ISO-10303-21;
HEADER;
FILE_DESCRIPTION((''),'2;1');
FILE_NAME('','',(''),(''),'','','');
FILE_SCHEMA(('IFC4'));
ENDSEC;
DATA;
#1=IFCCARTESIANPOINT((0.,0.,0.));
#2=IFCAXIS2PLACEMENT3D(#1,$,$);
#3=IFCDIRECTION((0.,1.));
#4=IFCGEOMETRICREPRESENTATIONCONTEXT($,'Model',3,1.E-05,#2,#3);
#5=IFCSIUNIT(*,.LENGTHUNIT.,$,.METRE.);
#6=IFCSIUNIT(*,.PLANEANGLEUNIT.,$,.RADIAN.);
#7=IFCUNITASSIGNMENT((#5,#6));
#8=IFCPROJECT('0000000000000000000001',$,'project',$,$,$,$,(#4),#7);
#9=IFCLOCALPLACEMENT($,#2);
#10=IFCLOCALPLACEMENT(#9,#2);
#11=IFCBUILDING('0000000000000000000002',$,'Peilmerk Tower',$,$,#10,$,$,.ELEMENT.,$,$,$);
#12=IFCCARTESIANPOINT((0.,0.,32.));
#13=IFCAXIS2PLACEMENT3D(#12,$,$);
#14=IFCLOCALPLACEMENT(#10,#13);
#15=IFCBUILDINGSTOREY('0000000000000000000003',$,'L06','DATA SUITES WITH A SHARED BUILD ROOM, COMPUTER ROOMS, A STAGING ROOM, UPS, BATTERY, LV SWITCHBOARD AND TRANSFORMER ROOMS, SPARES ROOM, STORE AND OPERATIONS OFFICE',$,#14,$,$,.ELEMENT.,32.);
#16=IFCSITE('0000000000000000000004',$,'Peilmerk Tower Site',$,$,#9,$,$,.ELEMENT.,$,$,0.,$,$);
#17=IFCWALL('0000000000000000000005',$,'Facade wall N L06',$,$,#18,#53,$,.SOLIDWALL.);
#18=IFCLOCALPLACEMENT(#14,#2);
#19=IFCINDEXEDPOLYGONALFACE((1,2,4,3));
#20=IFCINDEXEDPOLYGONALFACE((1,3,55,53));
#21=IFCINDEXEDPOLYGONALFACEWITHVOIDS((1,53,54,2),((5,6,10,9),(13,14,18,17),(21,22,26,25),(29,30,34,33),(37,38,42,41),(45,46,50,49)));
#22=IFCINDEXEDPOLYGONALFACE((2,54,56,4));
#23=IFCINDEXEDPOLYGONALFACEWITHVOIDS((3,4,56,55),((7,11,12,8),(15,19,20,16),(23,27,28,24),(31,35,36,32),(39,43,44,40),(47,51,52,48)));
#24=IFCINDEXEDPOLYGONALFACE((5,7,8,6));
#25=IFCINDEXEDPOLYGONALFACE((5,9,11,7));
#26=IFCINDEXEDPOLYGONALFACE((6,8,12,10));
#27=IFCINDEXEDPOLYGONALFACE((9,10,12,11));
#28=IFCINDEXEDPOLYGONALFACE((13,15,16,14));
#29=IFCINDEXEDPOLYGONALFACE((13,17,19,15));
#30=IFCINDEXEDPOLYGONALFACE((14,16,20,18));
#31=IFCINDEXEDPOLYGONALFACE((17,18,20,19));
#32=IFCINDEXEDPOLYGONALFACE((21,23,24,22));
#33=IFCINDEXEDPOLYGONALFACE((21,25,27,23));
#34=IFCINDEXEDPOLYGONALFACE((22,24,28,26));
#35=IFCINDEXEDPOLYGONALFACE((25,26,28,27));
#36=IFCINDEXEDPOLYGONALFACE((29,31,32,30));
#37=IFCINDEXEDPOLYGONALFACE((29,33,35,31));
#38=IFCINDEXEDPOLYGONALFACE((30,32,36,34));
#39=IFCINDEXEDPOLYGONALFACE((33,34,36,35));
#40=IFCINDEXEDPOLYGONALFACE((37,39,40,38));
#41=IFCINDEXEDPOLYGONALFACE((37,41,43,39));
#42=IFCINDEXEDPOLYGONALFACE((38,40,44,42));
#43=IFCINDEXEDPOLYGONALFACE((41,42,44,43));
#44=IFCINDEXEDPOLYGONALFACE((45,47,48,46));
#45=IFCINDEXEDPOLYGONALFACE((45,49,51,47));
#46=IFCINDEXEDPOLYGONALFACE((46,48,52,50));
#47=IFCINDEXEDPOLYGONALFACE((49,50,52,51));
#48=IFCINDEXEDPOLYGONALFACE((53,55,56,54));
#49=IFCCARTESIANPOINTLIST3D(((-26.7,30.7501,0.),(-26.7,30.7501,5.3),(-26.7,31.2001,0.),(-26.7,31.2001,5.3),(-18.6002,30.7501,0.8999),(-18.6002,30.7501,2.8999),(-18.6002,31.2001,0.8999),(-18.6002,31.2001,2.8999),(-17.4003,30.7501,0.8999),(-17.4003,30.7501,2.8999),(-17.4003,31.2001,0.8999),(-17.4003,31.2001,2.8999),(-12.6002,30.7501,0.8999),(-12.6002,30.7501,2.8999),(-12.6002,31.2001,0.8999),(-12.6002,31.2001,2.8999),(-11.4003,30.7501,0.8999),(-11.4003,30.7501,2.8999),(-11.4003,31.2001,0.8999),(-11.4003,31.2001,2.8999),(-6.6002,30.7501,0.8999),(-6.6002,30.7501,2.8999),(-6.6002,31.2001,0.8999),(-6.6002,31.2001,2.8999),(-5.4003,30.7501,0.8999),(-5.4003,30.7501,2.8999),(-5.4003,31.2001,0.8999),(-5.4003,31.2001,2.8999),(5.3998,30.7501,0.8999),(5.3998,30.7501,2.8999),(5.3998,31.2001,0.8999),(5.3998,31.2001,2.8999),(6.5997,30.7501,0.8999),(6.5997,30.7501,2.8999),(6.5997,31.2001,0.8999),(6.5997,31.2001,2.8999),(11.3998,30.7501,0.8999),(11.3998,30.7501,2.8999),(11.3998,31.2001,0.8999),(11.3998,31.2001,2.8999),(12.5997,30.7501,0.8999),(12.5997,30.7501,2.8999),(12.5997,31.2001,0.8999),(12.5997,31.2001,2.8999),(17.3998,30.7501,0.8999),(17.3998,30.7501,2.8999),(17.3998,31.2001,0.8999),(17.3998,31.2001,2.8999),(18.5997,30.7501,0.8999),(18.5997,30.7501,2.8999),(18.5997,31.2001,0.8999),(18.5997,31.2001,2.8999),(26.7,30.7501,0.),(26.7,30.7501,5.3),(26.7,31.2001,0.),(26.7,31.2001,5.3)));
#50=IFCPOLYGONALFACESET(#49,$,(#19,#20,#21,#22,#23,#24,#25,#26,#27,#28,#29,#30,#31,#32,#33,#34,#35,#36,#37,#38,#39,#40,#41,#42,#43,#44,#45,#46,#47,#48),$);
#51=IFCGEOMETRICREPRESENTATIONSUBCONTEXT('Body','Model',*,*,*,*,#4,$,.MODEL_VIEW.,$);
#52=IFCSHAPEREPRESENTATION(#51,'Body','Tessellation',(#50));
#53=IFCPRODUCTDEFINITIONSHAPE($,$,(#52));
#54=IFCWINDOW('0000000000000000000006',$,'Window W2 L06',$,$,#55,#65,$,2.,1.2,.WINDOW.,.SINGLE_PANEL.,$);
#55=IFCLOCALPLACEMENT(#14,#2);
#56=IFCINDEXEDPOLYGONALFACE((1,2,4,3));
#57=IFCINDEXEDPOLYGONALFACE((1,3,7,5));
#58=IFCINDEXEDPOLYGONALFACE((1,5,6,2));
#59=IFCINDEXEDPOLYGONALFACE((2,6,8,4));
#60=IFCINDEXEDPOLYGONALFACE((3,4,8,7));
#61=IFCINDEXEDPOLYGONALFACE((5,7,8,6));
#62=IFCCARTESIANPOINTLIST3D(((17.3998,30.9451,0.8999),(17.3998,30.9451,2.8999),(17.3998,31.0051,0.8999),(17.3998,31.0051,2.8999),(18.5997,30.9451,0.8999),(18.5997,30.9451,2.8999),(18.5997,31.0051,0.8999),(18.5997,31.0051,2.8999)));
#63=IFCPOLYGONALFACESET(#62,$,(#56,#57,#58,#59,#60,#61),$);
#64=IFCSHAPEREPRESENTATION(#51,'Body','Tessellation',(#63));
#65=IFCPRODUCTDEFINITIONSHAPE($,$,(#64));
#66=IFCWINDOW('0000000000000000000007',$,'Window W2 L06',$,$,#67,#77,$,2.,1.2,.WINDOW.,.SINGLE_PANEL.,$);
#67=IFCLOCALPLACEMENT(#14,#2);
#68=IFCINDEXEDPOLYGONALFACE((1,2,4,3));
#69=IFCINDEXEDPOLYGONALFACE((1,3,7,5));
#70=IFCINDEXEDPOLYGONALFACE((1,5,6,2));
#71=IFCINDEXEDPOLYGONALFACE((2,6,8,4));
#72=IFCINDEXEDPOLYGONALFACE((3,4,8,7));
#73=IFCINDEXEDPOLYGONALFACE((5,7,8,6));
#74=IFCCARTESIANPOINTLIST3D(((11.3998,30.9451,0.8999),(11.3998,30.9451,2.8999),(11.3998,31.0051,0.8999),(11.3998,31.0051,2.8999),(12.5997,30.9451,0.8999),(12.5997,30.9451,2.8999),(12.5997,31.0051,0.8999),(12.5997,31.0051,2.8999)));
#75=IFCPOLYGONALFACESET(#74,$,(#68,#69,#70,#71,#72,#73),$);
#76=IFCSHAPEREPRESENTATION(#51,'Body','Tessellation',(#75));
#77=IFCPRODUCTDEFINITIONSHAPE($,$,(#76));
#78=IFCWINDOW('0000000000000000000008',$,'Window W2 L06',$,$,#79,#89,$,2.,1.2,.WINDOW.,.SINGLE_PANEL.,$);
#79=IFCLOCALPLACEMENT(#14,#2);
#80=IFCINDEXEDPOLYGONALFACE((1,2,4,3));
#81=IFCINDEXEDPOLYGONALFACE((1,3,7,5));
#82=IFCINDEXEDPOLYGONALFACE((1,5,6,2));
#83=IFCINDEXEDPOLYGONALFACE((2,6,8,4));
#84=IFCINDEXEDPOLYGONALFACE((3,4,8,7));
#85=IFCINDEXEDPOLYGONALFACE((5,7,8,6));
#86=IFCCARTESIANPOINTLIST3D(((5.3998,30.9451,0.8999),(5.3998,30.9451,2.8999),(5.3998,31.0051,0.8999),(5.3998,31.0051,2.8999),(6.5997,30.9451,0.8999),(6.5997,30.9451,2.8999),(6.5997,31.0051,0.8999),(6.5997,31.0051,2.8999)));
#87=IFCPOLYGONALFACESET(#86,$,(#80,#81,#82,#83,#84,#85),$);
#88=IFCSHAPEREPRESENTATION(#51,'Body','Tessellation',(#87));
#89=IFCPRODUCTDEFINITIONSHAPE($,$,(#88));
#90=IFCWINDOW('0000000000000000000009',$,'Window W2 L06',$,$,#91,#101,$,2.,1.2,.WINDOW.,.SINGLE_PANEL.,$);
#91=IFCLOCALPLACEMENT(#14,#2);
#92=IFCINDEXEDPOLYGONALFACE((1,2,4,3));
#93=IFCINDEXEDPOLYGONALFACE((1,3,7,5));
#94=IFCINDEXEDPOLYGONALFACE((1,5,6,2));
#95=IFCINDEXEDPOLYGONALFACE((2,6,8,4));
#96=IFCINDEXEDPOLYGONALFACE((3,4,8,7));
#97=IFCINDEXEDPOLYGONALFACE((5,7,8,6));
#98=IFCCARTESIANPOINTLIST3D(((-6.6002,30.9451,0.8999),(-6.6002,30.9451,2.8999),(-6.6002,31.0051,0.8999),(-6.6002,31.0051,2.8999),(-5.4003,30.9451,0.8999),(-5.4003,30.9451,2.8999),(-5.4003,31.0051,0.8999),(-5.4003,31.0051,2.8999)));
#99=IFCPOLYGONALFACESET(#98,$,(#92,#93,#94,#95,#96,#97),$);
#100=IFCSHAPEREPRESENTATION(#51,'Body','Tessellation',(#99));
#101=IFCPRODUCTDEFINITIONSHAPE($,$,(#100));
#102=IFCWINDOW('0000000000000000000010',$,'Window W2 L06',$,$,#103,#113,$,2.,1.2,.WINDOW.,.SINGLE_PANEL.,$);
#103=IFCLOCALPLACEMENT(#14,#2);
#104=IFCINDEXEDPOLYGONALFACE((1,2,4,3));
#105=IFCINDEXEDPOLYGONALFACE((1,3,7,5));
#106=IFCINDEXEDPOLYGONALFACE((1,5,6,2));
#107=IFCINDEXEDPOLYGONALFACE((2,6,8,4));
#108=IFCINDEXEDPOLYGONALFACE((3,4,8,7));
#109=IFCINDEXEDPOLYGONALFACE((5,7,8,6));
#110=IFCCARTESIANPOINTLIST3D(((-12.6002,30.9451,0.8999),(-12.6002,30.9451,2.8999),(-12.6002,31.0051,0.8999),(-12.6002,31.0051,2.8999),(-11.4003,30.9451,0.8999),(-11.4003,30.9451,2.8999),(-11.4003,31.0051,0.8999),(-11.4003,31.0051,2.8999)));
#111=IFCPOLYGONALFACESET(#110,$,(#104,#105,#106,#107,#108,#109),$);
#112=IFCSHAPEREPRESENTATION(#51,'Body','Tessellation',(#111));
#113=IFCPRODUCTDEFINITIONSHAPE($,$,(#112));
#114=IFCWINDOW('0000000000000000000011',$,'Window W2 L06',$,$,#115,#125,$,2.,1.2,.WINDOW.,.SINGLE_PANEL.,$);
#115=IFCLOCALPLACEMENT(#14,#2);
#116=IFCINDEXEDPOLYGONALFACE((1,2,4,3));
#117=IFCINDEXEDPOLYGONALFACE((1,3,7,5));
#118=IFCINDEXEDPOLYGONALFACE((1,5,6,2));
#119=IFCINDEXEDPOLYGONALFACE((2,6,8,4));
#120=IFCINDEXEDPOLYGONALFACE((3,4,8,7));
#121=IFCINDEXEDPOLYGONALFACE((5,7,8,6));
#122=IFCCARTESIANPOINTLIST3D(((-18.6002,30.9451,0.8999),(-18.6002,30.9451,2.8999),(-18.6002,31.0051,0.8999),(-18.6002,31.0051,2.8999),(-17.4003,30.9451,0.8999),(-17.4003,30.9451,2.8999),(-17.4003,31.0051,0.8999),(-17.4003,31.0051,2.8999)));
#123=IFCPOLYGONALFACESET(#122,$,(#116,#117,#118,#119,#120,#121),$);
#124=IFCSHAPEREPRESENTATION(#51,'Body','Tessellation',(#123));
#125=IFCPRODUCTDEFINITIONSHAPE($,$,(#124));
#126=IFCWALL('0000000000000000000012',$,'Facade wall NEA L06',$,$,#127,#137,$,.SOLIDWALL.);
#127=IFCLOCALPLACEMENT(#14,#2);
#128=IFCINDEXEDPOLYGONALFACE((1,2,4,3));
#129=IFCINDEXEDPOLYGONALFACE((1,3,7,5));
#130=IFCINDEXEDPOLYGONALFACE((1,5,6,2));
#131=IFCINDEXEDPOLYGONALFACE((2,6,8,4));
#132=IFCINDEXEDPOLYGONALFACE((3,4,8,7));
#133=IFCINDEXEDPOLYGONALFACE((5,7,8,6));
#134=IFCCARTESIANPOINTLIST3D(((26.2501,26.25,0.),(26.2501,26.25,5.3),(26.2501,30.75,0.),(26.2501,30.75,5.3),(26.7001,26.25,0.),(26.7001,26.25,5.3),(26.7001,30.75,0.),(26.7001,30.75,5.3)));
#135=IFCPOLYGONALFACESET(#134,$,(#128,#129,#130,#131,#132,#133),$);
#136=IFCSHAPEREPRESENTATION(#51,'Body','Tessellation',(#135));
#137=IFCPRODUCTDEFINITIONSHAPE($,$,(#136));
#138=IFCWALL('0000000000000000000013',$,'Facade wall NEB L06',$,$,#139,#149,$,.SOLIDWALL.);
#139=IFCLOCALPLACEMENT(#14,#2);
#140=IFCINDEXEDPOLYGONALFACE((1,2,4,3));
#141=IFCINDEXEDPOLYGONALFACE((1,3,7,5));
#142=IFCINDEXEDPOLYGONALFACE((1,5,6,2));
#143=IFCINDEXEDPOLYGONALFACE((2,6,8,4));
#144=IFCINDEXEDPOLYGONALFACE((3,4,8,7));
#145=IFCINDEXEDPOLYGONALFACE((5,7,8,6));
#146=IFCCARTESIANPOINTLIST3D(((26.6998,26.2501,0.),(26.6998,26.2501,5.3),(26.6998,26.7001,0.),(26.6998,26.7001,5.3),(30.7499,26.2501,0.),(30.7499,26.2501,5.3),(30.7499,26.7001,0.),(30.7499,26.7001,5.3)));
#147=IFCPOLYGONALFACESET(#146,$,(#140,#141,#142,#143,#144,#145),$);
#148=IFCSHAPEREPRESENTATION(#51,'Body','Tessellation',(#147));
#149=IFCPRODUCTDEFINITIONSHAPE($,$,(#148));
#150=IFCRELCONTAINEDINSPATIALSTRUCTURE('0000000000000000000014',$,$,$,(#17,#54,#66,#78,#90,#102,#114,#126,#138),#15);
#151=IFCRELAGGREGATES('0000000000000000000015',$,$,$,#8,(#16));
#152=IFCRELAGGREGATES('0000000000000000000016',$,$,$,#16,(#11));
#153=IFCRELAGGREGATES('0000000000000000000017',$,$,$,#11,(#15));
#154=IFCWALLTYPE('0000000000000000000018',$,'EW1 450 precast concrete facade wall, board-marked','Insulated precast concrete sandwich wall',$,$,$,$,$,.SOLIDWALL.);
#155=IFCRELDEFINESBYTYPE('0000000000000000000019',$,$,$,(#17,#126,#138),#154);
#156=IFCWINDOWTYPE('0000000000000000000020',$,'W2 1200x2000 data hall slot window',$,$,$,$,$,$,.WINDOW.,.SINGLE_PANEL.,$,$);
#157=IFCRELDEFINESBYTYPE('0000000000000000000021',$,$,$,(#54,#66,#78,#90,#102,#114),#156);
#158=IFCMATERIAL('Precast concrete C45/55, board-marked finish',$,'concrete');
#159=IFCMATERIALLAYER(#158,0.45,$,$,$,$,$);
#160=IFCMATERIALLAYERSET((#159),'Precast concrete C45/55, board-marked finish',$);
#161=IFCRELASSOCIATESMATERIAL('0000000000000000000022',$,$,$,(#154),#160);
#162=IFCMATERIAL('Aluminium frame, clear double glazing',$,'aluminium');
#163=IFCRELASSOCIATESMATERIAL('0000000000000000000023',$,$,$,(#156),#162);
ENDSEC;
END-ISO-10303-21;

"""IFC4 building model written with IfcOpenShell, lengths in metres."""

from ifc_helpers import new_model, si_unit, direction, frame, frame_2d, origin, place, context, subcontext, project, spatial, rectangle, extrude, material, layer, layer_set, type_object, element, fill, save


model = new_model("IFC4")

# Units and contexts
model_context = context("Model", 3, precision=1e-05, world=origin(), true_north=direction((0.0, 1.0)))
body_context = subcontext(model_context, "Body", "Model", "MODEL_VIEW")
ifc_project = project(units=[si_unit("LENGTHUNIT", "METRE"), si_unit("PLANEANGLEUNIT", "RADIAN")], contexts=[model_context])

# Site, building, storey
site_placement = place(None, origin())
site = spatial("IfcSite", under=ifc_project, at=site_placement, Name="Peilmerk Tower Site", CompositionType="ELEMENT", RefElevation=0.0)
building_placement = place(site_placement, origin())
building = spatial("IfcBuilding", under=site, at=building_placement, Name="Peilmerk Tower", CompositionType="ELEMENT")
storey_placement = place(building_placement, frame((0.0, 0.0, 32.0)))
storey = spatial("IfcBuildingStorey", under=building, at=storey_placement, Name="L06", Description="DATA SUITES WITH A SHARED BUILD ROOM, COMPUTER ROOMS, A STAGING ROOM, UPS, BATTERY, LV SWITCHBOARD AND TRANSFORMER ROOMS, SPARES ROOM, STORE AND OPERATIONS OFFICE", CompositionType="ELEMENT", Elevation=32.0)

# Wall, openings, windows
ifc_material_1 = material(Name="Precast concrete C45/55, board-marked finish", Category="concrete")
ifc_layer = layer(ifc_material_1, 0.45)
ifc_layer_set = layer_set([ifc_layer], Name="Precast concrete C45/55, board-marked finish")
wall_type = type_object("IfcWallType", Name="EW1 450 precast concrete facade wall, board-marked", Description="Insulated precast concrete sandwich wall", PredefinedType="SOLIDWALL", material=ifc_layer_set)
wall_1_placement = place(storey_placement, frame((26.7, 30.9751, 0.0), z_axis=(0.0, 0.0, 1.0), x_axis=(-1.0, 0.0, 0.0)))
wall_1 = element("IfcWall", 1, at=wall_1_placement, inside=storey, type_object=wall_type, Name="Facade wall N L06", PredefinedType="SOLIDWALL", context=body_context, shape_type="SweptSolid", body=[
    extrude(rectangle(XDim=53.3999, YDim=0.45, at=frame_2d((26.7, 0.0))), origin(), (0.0, 0.0, 1.0), 5.3),
])
opening_1_placement = place(wall_1_placement, frame((8.1001, 0.0, 0.8999)))
opening_1 = element("IfcOpeningElement", 2, at=opening_1_placement, cuts=wall_1, PredefinedType="OPENING", context=body_context, shape_type="SweptSolid", body=[
    extrude(rectangle(XDim=1.2, YDim=2.0, at=frame_2d((0.6001, 1.0))), frame((0.0, 0.2349, 0.0), z_axis=(0.0, -1.0, 0.0), x_axis=(1.0, 0.0, 0.0)), (0.0, 0.0, 1.0), 0.47),
])
opening_2_placement = place(wall_1_placement, frame((14.1001, 0.0, 0.8999)))
opening_2 = element("IfcOpeningElement", 3, at=opening_2_placement, cuts=wall_1, PredefinedType="OPENING", context=body_context, shape_type="SweptSolid", body=[
    extrude(rectangle(XDim=1.2, YDim=2.0, at=frame_2d((0.6001, 1.0))), frame((0.0, 0.2349, 0.0), z_axis=(0.0, -1.0, 0.0), x_axis=(1.0, 0.0, 0.0)), (0.0, 0.0, 1.0), 0.47),
])
opening_3_placement = place(wall_1_placement, frame((20.1001, 0.0, 0.8999)))
opening_3 = element("IfcOpeningElement", 4, at=opening_3_placement, cuts=wall_1, PredefinedType="OPENING", context=body_context, shape_type="SweptSolid", body=[
    extrude(rectangle(XDim=1.2, YDim=2.0, at=frame_2d((0.6001, 1.0))), frame((0.0, 0.2349, 0.0), z_axis=(0.0, -1.0, 0.0), x_axis=(1.0, 0.0, 0.0)), (0.0, 0.0, 1.0), 0.47),
])
opening_4_placement = place(wall_1_placement, frame((32.1001, 0.0, 0.8999)))
opening_4 = element("IfcOpeningElement", 5, at=opening_4_placement, cuts=wall_1, PredefinedType="OPENING", context=body_context, shape_type="SweptSolid", body=[
    extrude(rectangle(XDim=1.2, YDim=2.0, at=frame_2d((0.6001, 1.0))), frame((0.0, 0.2349, 0.0), z_axis=(0.0, -1.0, 0.0), x_axis=(1.0, 0.0, 0.0)), (0.0, 0.0, 1.0), 0.47),
])
opening_5_placement = place(wall_1_placement, frame((38.1001, 0.0, 0.8999)))
opening_5 = element("IfcOpeningElement", 6, at=opening_5_placement, cuts=wall_1, PredefinedType="OPENING", context=body_context, shape_type="SweptSolid", body=[
    extrude(rectangle(XDim=1.2, YDim=2.0, at=frame_2d((0.6001, 1.0))), frame((0.0, 0.2349, 0.0), z_axis=(0.0, -1.0, 0.0), x_axis=(1.0, 0.0, 0.0)), (0.0, 0.0, 1.0), 0.47),
])
opening_6_placement = place(wall_1_placement, frame((44.1001, 0.0, 0.8999)))
opening_6 = element("IfcOpeningElement", 7, at=opening_6_placement, cuts=wall_1, PredefinedType="OPENING", context=body_context, shape_type="SweptSolid", body=[
    extrude(rectangle(XDim=1.2, YDim=2.0, at=frame_2d((0.6001, 1.0))), frame((0.0, 0.2349, 0.0), z_axis=(0.0, -1.0, 0.0), x_axis=(1.0, 0.0, 0.0)), (0.0, 0.0, 1.0), 0.47),
])
ifc_material_2 = material(Name="Aluminium frame, clear double glazing", Category="aluminium")
window_type = type_object("IfcWindowType", Name="W2 1200x2000 data hall slot window", PartitioningType="SINGLE_PANEL", PredefinedType="WINDOW", material=ifc_material_2)
window_1_placement = place(opening_1_placement, origin())
window_1 = element("IfcWindow", 8, at=window_1_placement, inside=storey, type_object=window_type, Name="Window W2 L06", OverallHeight=2.0, OverallWidth=1.2, PartitioningType="SINGLE_PANEL", PredefinedType="WINDOW", context=body_context, shape_type="SweptSolid", body=[
    extrude(rectangle(XDim=1.2, YDim=2.0, at=frame_2d((0.6001, 1.0))), frame((0.0, 0.03, 0.0), z_axis=(0.0, -1.0, 0.0), x_axis=(1.0, 0.0, 0.0)), (0.0, 0.0, 1.0), 0.0601),
])
fill(opening_1, window_1)
window_2_placement = place(opening_2_placement, origin())
window_2 = element("IfcWindow", 9, at=window_2_placement, inside=storey, type_object=window_type, Name="Window W2 L06", OverallHeight=2.0, OverallWidth=1.2, PartitioningType="SINGLE_PANEL", PredefinedType="WINDOW", context=body_context, shape_type="SweptSolid", body=[
    extrude(rectangle(XDim=1.2, YDim=2.0, at=frame_2d((0.6001, 1.0))), frame((0.0, 0.03, 0.0), z_axis=(0.0, -1.0, 0.0), x_axis=(1.0, 0.0, 0.0)), (0.0, 0.0, 1.0), 0.0601),
])
fill(opening_2, window_2)
window_3_placement = place(opening_3_placement, origin())
window_3 = element("IfcWindow", 10, at=window_3_placement, inside=storey, type_object=window_type, Name="Window W2 L06", OverallHeight=2.0, OverallWidth=1.2, PartitioningType="SINGLE_PANEL", PredefinedType="WINDOW", context=body_context, shape_type="SweptSolid", body=[
    extrude(rectangle(XDim=1.2, YDim=2.0, at=frame_2d((0.6001, 1.0))), frame((0.0, 0.03, 0.0), z_axis=(0.0, -1.0, 0.0), x_axis=(1.0, 0.0, 0.0)), (0.0, 0.0, 1.0), 0.0601),
])
fill(opening_3, window_3)
window_4_placement = place(opening_4_placement, origin())
window_4 = element("IfcWindow", 11, at=window_4_placement, inside=storey, type_object=window_type, Name="Window W2 L06", OverallHeight=2.0, OverallWidth=1.2, PartitioningType="SINGLE_PANEL", PredefinedType="WINDOW", context=body_context, shape_type="SweptSolid", body=[
    extrude(rectangle(XDim=1.2, YDim=2.0, at=frame_2d((0.6001, 1.0))), frame((0.0, 0.03, 0.0), z_axis=(0.0, -1.0, 0.0), x_axis=(1.0, 0.0, 0.0)), (0.0, 0.0, 1.0), 0.0601),
])
fill(opening_4, window_4)
window_5_placement = place(opening_5_placement, origin())
window_5 = element("IfcWindow", 12, at=window_5_placement, inside=storey, type_object=window_type, Name="Window W2 L06", OverallHeight=2.0, OverallWidth=1.2, PartitioningType="SINGLE_PANEL", PredefinedType="WINDOW", context=body_context, shape_type="SweptSolid", body=[
    extrude(rectangle(XDim=1.2, YDim=2.0, at=frame_2d((0.6001, 1.0))), frame((0.0, 0.03, 0.0), z_axis=(0.0, -1.0, 0.0), x_axis=(1.0, 0.0, 0.0)), (0.0, 0.0, 1.0), 0.0601),
])
fill(opening_5, window_5)
window_6_placement = place(opening_6_placement, origin())
window_6 = element("IfcWindow", 13, at=window_6_placement, inside=storey, type_object=window_type, Name="Window W2 L06", OverallHeight=2.0, OverallWidth=1.2, PartitioningType="SINGLE_PANEL", PredefinedType="WINDOW", context=body_context, shape_type="SweptSolid", body=[
    extrude(rectangle(XDim=1.2, YDim=2.0, at=frame_2d((0.6001, 1.0))), frame((0.0, 0.03, 0.0), z_axis=(0.0, -1.0, 0.0), x_axis=(1.0, 0.0, 0.0)), (0.0, 0.0, 1.0), 0.0601),
])
fill(opening_6, window_6)

# Walls
wall_2_placement = place(storey_placement, frame((26.4751, 26.25, 0.0), z_axis=(0.0, 0.0, 1.0), x_axis=(0.0, 1.0, 0.0)))
element("IfcWall", 14, at=wall_2_placement, inside=storey, type_object=wall_type, Name="Facade wall NEA L06", PredefinedType="SOLIDWALL", context=body_context, shape_type="SweptSolid", body=[
    extrude(rectangle(XDim=4.5, YDim=0.45, at=frame_2d((2.25, 0.0))), origin(), (0.0, 0.0, 1.0), 5.3),
])
wall_3_placement = place(storey_placement, frame((26.7, 26.4751, 0.0), z_axis=(0.0, 0.0, 1.0), x_axis=(1.0, 0.0, 0.0)))
element("IfcWall", 15, at=wall_3_placement, inside=storey, type_object=wall_type, Name="Facade wall NEB L06", PredefinedType="SOLIDWALL", context=body_context, shape_type="SweptSolid", body=[
    extrude(rectangle(XDim=4.05, YDim=0.45, at=frame_2d((2.0249, 0.0))), origin(), (0.0, 0.0, 1.0), 5.3),
])

save(model, "model.ifc")
